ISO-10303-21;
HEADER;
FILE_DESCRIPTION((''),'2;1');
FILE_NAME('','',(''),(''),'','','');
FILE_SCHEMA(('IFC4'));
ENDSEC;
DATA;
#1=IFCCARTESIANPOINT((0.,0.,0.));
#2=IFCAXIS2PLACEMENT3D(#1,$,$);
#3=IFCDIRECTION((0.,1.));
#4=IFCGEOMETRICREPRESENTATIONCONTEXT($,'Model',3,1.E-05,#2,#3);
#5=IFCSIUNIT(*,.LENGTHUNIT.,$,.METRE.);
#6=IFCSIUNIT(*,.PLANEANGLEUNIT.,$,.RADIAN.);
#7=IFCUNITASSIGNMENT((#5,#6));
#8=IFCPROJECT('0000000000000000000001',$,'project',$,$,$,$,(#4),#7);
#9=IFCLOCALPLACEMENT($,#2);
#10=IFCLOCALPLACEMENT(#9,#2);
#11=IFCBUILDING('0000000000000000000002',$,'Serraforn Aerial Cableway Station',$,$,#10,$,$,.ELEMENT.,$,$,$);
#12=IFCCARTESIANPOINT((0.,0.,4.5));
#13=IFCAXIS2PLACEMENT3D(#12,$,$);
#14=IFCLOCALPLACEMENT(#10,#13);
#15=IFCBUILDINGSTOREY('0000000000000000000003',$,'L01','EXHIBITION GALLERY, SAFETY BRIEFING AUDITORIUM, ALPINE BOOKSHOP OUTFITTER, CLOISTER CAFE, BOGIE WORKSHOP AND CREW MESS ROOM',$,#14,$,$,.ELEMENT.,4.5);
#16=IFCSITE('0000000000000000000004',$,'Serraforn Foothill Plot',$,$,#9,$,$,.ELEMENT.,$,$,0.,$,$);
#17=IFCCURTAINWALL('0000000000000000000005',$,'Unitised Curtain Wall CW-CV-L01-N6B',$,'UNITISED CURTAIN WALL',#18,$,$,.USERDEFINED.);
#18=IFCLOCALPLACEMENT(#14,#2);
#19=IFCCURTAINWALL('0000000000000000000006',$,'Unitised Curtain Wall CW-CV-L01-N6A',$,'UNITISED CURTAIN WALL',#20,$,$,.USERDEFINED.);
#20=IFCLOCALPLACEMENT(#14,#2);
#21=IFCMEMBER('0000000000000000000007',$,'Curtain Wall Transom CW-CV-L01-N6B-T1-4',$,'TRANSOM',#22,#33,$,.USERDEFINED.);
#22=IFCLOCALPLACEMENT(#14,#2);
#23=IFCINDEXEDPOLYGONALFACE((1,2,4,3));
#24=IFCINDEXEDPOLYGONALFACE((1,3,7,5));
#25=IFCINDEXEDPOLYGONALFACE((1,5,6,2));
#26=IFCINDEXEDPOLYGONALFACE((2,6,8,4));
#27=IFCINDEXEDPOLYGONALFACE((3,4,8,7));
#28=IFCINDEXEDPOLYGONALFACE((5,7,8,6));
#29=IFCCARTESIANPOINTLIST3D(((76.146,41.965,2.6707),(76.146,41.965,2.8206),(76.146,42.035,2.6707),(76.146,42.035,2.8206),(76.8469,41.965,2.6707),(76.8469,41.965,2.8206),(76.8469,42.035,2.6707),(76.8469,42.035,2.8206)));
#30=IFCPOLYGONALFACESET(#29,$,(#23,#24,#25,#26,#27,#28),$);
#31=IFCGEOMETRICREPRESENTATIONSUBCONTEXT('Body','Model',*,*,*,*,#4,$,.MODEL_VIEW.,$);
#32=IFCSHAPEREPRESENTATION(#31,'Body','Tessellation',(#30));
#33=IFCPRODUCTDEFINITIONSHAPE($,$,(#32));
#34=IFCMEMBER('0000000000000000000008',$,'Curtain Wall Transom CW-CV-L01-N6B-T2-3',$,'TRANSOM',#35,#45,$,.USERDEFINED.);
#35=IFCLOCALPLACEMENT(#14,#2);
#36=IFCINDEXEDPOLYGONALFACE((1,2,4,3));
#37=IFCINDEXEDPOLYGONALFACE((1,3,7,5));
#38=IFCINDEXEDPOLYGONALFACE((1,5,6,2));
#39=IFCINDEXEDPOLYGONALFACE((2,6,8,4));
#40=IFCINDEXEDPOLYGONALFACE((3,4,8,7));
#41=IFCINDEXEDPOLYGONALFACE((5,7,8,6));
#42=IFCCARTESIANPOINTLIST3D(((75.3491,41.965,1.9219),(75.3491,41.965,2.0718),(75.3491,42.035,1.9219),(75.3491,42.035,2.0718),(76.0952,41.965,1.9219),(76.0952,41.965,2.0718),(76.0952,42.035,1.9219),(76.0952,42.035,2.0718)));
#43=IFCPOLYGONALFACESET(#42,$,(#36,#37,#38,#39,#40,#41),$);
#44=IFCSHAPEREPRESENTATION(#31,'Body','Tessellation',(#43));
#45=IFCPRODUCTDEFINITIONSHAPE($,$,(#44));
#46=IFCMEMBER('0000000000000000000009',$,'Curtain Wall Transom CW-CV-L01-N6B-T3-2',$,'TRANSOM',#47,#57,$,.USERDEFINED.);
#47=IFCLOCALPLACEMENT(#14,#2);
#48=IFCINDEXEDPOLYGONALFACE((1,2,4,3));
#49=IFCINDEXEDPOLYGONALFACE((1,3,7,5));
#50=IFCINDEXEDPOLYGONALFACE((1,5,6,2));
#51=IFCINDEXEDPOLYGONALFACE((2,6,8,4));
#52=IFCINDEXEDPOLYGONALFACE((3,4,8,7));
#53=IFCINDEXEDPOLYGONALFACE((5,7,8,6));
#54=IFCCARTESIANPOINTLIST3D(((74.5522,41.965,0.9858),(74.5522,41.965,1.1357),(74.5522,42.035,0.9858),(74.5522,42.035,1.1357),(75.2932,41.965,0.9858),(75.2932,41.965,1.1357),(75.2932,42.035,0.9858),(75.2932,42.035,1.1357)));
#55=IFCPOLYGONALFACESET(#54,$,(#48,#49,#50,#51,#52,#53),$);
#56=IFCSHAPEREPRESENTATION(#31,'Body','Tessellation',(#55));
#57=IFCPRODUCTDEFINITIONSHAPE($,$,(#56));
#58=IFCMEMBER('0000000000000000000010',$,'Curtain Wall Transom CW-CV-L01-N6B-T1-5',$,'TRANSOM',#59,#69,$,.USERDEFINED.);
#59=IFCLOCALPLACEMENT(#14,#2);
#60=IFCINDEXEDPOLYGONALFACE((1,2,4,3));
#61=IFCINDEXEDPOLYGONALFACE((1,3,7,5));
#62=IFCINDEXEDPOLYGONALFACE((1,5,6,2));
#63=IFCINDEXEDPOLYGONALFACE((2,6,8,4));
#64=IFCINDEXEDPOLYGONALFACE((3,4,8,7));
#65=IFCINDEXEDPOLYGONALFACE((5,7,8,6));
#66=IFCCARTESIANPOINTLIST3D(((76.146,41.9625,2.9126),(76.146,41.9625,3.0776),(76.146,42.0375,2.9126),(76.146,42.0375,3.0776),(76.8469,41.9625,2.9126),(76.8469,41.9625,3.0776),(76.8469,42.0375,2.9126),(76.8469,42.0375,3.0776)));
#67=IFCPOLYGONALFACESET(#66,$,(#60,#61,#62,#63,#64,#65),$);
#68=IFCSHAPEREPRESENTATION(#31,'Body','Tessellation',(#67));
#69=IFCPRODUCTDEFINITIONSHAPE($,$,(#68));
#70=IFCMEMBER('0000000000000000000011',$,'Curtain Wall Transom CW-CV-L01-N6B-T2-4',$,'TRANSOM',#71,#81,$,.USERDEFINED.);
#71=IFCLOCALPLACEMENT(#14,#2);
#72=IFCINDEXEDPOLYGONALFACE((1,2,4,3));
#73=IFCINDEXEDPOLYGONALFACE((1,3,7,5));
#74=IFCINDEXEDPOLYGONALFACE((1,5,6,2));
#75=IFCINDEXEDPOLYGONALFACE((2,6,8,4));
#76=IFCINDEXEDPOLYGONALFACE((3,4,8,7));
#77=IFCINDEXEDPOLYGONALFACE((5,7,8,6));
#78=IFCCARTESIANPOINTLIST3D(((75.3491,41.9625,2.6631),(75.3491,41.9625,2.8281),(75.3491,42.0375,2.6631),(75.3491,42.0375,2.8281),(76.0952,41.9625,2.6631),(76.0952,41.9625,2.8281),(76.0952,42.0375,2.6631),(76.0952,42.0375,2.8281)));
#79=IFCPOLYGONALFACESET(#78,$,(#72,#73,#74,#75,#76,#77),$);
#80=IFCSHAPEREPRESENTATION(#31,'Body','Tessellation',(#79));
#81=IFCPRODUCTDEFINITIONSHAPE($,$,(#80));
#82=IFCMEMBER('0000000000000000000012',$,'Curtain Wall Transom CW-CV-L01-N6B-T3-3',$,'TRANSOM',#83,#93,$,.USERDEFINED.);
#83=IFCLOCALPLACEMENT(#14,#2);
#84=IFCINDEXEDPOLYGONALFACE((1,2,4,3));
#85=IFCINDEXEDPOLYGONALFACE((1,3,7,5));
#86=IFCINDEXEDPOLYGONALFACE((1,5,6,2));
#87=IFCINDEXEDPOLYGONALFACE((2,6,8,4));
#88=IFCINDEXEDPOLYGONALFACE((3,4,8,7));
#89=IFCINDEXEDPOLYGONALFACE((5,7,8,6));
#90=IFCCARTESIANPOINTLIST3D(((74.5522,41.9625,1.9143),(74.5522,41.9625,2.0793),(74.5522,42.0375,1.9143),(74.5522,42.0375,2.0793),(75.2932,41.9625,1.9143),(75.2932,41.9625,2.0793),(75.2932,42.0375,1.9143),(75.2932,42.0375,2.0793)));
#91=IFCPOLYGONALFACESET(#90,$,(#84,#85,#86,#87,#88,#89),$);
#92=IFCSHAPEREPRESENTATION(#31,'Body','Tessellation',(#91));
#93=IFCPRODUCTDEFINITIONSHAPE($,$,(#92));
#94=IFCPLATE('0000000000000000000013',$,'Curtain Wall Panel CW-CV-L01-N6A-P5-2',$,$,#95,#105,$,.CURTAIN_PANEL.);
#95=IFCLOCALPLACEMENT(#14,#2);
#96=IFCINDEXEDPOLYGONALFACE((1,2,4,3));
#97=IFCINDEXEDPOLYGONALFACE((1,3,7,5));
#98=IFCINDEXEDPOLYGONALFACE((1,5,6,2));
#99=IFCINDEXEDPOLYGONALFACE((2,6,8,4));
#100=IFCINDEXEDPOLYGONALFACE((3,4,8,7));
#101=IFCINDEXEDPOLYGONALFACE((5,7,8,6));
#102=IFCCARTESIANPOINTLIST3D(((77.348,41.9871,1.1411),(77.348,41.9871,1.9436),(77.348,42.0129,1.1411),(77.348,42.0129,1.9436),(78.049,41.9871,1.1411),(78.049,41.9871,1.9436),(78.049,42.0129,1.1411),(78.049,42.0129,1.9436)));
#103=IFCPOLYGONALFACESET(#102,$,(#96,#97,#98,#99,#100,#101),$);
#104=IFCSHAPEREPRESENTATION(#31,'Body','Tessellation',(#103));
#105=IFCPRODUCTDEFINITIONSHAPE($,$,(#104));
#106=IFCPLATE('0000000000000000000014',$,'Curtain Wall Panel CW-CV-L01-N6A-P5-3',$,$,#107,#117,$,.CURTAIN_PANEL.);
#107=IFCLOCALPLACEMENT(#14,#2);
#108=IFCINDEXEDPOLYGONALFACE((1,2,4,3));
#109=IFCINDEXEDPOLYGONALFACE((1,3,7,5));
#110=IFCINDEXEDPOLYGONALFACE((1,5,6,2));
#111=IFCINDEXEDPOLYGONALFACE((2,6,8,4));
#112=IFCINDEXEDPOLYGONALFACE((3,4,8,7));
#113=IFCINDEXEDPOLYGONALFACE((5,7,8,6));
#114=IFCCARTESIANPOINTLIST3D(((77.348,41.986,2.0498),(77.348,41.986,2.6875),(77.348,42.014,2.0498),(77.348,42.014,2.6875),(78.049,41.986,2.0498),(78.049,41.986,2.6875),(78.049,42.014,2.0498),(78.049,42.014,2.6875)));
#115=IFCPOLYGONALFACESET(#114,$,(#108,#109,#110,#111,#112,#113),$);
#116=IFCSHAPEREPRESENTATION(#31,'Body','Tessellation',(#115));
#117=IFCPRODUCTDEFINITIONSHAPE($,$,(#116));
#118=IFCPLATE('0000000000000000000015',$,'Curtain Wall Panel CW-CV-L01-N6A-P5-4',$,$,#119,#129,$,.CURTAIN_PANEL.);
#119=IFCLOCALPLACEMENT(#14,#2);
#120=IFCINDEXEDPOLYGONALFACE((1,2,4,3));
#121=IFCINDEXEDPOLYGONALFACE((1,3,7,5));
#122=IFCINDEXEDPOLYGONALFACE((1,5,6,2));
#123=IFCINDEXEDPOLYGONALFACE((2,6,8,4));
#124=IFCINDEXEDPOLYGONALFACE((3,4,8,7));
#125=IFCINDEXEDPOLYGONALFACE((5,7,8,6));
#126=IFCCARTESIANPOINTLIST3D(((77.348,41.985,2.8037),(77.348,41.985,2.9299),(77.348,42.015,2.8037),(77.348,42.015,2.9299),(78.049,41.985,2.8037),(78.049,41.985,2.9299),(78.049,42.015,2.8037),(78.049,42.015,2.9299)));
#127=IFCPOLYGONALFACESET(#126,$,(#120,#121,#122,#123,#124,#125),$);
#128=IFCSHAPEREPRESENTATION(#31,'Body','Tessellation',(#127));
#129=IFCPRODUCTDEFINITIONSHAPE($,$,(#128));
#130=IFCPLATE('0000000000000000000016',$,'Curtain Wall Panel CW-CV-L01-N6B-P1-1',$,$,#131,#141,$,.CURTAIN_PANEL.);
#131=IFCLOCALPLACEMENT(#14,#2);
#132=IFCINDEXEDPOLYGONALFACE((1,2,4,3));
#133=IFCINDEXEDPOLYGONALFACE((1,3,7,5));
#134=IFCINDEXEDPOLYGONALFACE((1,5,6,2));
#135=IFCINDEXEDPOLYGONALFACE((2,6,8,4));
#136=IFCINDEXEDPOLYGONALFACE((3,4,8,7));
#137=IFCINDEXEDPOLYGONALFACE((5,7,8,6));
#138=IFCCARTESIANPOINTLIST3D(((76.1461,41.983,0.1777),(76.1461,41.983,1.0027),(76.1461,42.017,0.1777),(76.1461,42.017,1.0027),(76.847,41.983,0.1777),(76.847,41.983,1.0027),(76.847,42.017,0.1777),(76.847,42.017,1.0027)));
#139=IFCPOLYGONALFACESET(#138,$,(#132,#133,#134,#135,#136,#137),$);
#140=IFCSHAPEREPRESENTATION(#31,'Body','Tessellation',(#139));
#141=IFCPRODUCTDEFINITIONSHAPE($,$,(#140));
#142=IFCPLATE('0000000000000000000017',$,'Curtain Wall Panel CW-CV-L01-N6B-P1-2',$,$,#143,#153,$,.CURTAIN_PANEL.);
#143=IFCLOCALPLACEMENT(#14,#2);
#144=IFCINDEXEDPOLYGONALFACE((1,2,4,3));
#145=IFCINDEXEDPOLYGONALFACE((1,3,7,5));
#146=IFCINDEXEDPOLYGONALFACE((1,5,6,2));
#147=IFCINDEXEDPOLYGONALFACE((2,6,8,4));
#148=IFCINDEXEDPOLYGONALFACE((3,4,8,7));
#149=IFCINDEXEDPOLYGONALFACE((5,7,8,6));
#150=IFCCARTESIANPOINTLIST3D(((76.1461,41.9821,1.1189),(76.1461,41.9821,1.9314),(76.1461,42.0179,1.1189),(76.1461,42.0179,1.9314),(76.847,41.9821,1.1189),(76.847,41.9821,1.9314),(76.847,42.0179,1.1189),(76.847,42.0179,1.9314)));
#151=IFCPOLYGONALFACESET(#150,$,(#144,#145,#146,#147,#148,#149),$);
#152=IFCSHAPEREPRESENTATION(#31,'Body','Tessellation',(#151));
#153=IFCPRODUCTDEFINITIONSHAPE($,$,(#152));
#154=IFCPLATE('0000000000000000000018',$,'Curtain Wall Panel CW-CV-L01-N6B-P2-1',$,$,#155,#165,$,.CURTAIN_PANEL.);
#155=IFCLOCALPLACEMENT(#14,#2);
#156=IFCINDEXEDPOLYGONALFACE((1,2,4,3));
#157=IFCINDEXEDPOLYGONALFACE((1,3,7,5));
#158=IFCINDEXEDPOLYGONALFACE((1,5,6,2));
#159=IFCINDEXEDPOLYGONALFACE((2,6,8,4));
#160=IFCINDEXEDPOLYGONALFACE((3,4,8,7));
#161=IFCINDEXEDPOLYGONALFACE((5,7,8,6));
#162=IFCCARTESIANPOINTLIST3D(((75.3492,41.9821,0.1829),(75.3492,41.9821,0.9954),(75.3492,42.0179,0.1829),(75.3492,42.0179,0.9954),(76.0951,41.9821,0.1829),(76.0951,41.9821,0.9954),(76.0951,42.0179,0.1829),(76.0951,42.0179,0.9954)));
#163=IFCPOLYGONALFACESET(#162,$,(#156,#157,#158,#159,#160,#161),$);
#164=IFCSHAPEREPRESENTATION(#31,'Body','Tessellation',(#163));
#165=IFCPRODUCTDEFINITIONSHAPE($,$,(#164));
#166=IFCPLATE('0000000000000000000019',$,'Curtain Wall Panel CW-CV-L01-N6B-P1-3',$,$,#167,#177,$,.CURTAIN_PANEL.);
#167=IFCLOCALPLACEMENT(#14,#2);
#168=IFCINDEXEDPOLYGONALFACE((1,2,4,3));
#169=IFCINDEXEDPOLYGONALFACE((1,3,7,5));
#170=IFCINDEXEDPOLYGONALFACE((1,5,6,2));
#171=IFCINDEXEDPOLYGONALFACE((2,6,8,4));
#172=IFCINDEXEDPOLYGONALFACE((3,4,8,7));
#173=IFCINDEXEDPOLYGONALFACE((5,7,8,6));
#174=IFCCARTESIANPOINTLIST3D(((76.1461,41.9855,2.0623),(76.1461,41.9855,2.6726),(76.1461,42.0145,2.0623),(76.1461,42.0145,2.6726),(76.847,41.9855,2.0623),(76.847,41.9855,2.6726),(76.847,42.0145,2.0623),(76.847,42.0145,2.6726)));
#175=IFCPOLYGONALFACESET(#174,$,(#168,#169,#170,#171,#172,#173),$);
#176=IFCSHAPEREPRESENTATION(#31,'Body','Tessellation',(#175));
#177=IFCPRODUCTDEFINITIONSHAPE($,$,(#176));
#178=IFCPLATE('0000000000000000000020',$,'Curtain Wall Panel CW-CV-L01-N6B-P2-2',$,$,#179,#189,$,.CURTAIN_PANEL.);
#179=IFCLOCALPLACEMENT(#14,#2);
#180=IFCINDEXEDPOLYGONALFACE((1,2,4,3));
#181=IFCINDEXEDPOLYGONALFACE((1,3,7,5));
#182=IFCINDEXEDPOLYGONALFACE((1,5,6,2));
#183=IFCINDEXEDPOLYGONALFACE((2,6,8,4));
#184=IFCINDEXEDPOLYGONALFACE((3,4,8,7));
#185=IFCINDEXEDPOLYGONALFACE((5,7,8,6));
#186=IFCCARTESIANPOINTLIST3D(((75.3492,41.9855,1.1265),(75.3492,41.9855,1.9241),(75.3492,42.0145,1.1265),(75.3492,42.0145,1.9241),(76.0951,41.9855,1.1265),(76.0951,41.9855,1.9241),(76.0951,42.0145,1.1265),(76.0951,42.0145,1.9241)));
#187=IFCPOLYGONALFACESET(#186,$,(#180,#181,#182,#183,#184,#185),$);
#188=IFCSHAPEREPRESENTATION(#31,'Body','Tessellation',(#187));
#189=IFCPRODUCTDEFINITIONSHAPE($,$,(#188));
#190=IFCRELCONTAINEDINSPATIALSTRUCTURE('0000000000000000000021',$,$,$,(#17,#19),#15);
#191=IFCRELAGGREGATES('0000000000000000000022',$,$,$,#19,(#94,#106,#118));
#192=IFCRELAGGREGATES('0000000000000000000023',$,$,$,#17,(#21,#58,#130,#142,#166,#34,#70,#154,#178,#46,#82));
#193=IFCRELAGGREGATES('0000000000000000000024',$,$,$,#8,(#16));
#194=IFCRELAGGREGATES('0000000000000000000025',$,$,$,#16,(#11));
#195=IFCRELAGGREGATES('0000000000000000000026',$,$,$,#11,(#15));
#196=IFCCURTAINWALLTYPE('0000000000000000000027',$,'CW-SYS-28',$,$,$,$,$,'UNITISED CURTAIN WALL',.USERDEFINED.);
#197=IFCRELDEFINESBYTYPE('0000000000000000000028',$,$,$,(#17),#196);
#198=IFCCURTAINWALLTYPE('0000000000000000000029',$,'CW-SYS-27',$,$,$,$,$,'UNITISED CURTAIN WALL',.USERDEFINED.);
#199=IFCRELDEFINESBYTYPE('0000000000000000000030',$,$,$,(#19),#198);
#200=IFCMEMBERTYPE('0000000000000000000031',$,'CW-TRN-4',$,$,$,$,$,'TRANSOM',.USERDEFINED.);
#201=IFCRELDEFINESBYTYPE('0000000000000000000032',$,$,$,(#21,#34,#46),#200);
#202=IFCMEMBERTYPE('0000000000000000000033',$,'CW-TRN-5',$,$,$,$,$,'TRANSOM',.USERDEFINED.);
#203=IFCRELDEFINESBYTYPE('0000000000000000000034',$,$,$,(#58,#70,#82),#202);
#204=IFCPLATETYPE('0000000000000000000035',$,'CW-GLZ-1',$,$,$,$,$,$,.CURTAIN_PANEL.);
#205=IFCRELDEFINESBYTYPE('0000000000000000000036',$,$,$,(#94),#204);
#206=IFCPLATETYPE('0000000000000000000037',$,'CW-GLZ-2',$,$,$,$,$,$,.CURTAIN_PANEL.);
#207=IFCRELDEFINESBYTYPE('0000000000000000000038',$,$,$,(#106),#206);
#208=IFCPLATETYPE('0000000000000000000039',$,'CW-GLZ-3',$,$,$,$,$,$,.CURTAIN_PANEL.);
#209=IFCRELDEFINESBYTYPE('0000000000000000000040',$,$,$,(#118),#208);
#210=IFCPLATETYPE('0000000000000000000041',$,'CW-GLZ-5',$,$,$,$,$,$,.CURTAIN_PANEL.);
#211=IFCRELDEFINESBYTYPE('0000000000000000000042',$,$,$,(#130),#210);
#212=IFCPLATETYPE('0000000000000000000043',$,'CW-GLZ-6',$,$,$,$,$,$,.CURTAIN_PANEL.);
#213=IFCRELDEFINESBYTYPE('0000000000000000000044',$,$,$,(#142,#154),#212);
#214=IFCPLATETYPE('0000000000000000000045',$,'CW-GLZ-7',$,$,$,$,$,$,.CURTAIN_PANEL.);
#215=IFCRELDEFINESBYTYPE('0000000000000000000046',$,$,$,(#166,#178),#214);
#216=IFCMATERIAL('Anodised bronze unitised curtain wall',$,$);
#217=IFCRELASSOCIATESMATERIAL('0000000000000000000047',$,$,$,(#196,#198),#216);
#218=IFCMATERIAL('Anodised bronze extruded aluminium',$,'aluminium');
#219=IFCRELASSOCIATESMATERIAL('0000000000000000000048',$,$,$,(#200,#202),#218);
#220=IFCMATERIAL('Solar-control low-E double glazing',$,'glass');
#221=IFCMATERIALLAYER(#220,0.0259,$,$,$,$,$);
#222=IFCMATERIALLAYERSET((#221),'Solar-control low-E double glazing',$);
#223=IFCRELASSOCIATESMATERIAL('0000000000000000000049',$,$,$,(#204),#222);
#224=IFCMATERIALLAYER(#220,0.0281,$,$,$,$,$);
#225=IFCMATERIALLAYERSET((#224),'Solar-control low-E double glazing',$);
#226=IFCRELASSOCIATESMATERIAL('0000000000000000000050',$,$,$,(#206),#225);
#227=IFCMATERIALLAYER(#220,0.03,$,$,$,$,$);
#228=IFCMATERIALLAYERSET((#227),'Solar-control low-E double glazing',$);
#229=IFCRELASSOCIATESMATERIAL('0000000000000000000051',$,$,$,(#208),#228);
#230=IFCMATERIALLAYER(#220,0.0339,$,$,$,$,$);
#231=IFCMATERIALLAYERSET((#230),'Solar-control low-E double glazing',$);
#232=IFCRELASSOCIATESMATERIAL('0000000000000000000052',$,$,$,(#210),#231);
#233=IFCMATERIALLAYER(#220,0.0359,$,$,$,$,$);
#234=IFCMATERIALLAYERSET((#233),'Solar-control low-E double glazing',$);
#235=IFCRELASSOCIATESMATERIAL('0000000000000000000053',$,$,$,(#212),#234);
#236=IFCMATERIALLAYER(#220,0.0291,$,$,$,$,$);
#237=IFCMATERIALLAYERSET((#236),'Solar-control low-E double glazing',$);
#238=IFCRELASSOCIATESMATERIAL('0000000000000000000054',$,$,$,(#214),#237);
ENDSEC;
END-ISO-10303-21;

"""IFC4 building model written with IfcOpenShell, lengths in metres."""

from ifc_helpers import new_model, si_unit, direction, frame, origin, origin_2d, place, context, subcontext, project, spatial, rectangle, extrude, material, layer, layer_set, material_profile, profile_set, type_object, element, aggregate, save


model = new_model("IFC4")

# Units and contexts
model_context = context("Model", 3, precision=1e-05, world=origin(), true_north=direction((0.0, 1.0)))
body_context = subcontext(model_context, "Body", "Model", "MODEL_VIEW")
ifc_project = project(units=[si_unit("LENGTHUNIT", "METRE"), si_unit("PLANEANGLEUNIT", "RADIAN")], contexts=[model_context])

# Site, building, storey
site_placement = place(None, origin())
site = spatial("IfcSite", under=ifc_project, at=site_placement, Name="Serraforn Foothill Plot", CompositionType="ELEMENT", RefElevation=0.0)
building_placement = place(site_placement, origin())
building = spatial("IfcBuilding", under=site, at=building_placement, Name="Serraforn Aerial Cableway Station", CompositionType="ELEMENT")
storey_placement = place(building_placement, frame((0.0, 0.0, 4.5)))
storey = spatial("IfcBuildingStorey", under=building, at=storey_placement, Name="L01", Description="EXHIBITION GALLERY, SAFETY BRIEFING AUDITORIUM, ALPINE BOOKSHOP OUTFITTER, CLOISTER CAFE, BOGIE WORKSHOP AND CREW MESS ROOM", CompositionType="ELEMENT", Elevation=4.5)

# Curtain wall
ifc_material_1 = material(Name="Anodised bronze unitised curtain wall")
curtain_wall_type_1 = type_object("IfcCurtainWallType", Name="CW-SYS-28", ElementType="UNITISED CURTAIN WALL", PredefinedType="USERDEFINED", material=ifc_material_1)
curtain_wall_1_placement = place(storey_placement, origin())
curtain_wall_1 = element("IfcCurtainWall", 1, at=curtain_wall_1_placement, inside=storey, type_object=curtain_wall_type_1, Name="Unitised Curtain Wall CW-CV-L01-N6B", ObjectType="UNITISED CURTAIN WALL", PredefinedType="USERDEFINED")
ifc_material_2 = material(Name="Anodised bronze extruded aluminium", Category="aluminium")

# Curtain wall
curtain_wall_type_2 = type_object("IfcCurtainWallType", Name="CW-SYS-27", ElementType="UNITISED CURTAIN WALL", PredefinedType="USERDEFINED", material=ifc_material_1)
curtain_wall_2_placement = place(storey_placement, origin())
curtain_wall_2 = element("IfcCurtainWall", 2, at=curtain_wall_2_placement, inside=storey, type_object=curtain_wall_type_2, Name="Unitised Curtain Wall CW-CV-L01-N6A", ObjectType="UNITISED CURTAIN WALL", PredefinedType="USERDEFINED")

# Members
ifc_material_profile_1 = material_profile(ifc_material_2, rectangle(XDim=0.0701, YDim=0.1499, at=origin_2d()), Name="CW TRANSOM 70x150")
ifc_profile_set_1 = profile_set([ifc_material_profile_1], Name="Anodised bronze extruded aluminium")
member_type_1 = type_object("IfcMemberType", Name="CW-TRN-4", ElementType="TRANSOM", PredefinedType="USERDEFINED", material=ifc_profile_set_1)
member_1_placement = place(storey_placement, frame((76.8469, 42.0, 2.7456), z_axis=(-1.0, 0.0, 0.0), x_axis=(0.0, -1.0, 0.0)))
member_1 = element("IfcMember", 3, at=member_1_placement, type_object=member_type_1, Name="Curtain Wall Transom CW-CV-L01-N6B-T1-4", ObjectType="TRANSOM", PredefinedType="USERDEFINED", context=body_context, shape_type="SweptSolid", body=[
    extrude(rectangle(XDim=0.0701, YDim=0.1499, at=origin_2d()), origin(), (0.0, 0.0, 1.0), 0.7009),
])
member_2_placement = place(storey_placement, frame((76.0952, 42.0, 1.9968), z_axis=(-1.0, 0.0, 0.0), x_axis=(0.0, -1.0, 0.0)))
member_2 = element("IfcMember", 4, at=member_2_placement, type_object=member_type_1, Name="Curtain Wall Transom CW-CV-L01-N6B-T2-3", ObjectType="TRANSOM", PredefinedType="USERDEFINED", context=body_context, shape_type="SweptSolid", body=[
    extrude(rectangle(XDim=0.0701, YDim=0.1499, at=origin_2d()), origin(), (0.0, 0.0, 1.0), 0.7461),
])
member_3_placement = place(storey_placement, frame((75.2932, 42.0, 1.0608), z_axis=(-1.0, 0.0, 0.0), x_axis=(0.0, -1.0, 0.0)))
member_3 = element("IfcMember", 5, at=member_3_placement, type_object=member_type_1, Name="Curtain Wall Transom CW-CV-L01-N6B-T3-2", ObjectType="TRANSOM", PredefinedType="USERDEFINED", context=body_context, shape_type="SweptSolid", body=[
    extrude(rectangle(XDim=0.0701, YDim=0.1499, at=origin_2d()), origin(), (0.0, 0.0, 1.0), 0.741),
])
ifc_material_profile_2 = material_profile(ifc_material_2, rectangle(XDim=0.075, YDim=0.165, at=origin_2d()), Name="CW TRANSOM 75x165")
ifc_profile_set_2 = profile_set([ifc_material_profile_2], Name="Anodised bronze extruded aluminium")
member_type_2 = type_object("IfcMemberType", Name="CW-TRN-5", ElementType="TRANSOM", PredefinedType="USERDEFINED", material=ifc_profile_set_2)
member_4_placement = place(storey_placement, frame((76.8469, 42.0, 2.9951), z_axis=(-1.0, 0.0, 0.0), x_axis=(0.0, -1.0, 0.0)))
member_4 = element("IfcMember", 6, at=member_4_placement, type_object=member_type_2, Name="Curtain Wall Transom CW-CV-L01-N6B-T1-5", ObjectType="TRANSOM", PredefinedType="USERDEFINED", context=body_context, shape_type="SweptSolid", body=[
    extrude(rectangle(XDim=0.075, YDim=0.165, at=origin_2d()), origin(), (0.0, 0.0, 1.0), 0.7009),
])
member_5_placement = place(storey_placement, frame((76.0952, 42.0, 2.7456), z_axis=(-1.0, 0.0, 0.0), x_axis=(0.0, -1.0, 0.0)))
member_5 = element("IfcMember", 7, at=member_5_placement, type_object=member_type_2, Name="Curtain Wall Transom CW-CV-L01-N6B-T2-4", ObjectType="TRANSOM", PredefinedType="USERDEFINED", context=body_context, shape_type="SweptSolid", body=[
    extrude(rectangle(XDim=0.075, YDim=0.165, at=origin_2d()), origin(), (0.0, 0.0, 1.0), 0.7461),
])
member_6_placement = place(storey_placement, frame((75.2932, 42.0, 1.9968), z_axis=(-1.0, 0.0, 0.0), x_axis=(0.0, -1.0, 0.0)))
member_6 = element("IfcMember", 8, at=member_6_placement, type_object=member_type_2, Name="Curtain Wall Transom CW-CV-L01-N6B-T3-3", ObjectType="TRANSOM", PredefinedType="USERDEFINED", context=body_context, shape_type="SweptSolid", body=[
    extrude(rectangle(XDim=0.075, YDim=0.165, at=origin_2d()), origin(), (0.0, 0.0, 1.0), 0.741),
])

# Plates
ifc_material_3 = material(Name="Solar-control low-E double glazing", Category="glass")
ifc_layer_1 = layer(ifc_material_3, 0.0259)
ifc_layer_set_1 = layer_set([ifc_layer_1], Name="Solar-control low-E double glazing")
plate_type_1 = type_object("IfcPlateType", Name="CW-GLZ-1", PredefinedType="CURTAIN_PANEL", material=ifc_layer_set_1)
plate_1_placement = place(storey_placement, frame((77.6985, 42.0, 1.1411), z_axis=(0.0, 0.0, 1.0), x_axis=(1.0, 0.0, 0.0)))
plate_1 = element("IfcPlate", 9, at=plate_1_placement, type_object=plate_type_1, Name="Curtain Wall Panel CW-CV-L01-N6A-P5-2", PredefinedType="CURTAIN_PANEL", context=body_context, shape_type="SweptSolid", body=[
    extrude(rectangle(XDim=0.7009, YDim=0.0259, at=origin_2d()), origin(), (0.0, 0.0, 1.0), 0.8025),
])
ifc_layer_2 = layer(ifc_material_3, 0.0281)
ifc_layer_set_2 = layer_set([ifc_layer_2], Name="Solar-control low-E double glazing")
plate_type_2 = type_object("IfcPlateType", Name="CW-GLZ-2", PredefinedType="CURTAIN_PANEL", material=ifc_layer_set_2)
plate_2_placement = place(storey_placement, frame((77.6985, 42.0, 2.0498), z_axis=(0.0, 0.0, 1.0), x_axis=(1.0, 0.0, 0.0)))
plate_2 = element("IfcPlate", 10, at=plate_2_placement, type_object=plate_type_2, Name="Curtain Wall Panel CW-CV-L01-N6A-P5-3", PredefinedType="CURTAIN_PANEL", context=body_context, shape_type="SweptSolid", body=[
    extrude(rectangle(XDim=0.7009, YDim=0.0281, at=origin_2d()), origin(), (0.0, 0.0, 1.0), 0.6377),
])
ifc_layer_3 = layer(ifc_material_3, 0.03)
ifc_layer_set_3 = layer_set([ifc_layer_3], Name="Solar-control low-E double glazing")
plate_type_3 = type_object("IfcPlateType", Name="CW-GLZ-3", PredefinedType="CURTAIN_PANEL", material=ifc_layer_set_3)
plate_3_placement = place(storey_placement, frame((77.6985, 42.0, 2.8037), z_axis=(0.0, 0.0, 1.0), x_axis=(1.0, 0.0, 0.0)))
plate_3 = element("IfcPlate", 11, at=plate_3_placement, type_object=plate_type_3, Name="Curtain Wall Panel CW-CV-L01-N6A-P5-4", PredefinedType="CURTAIN_PANEL", context=body_context, shape_type="SweptSolid", body=[
    extrude(rectangle(XDim=0.7009, YDim=0.03, at=origin_2d()), origin(), (0.0, 0.0, 1.0), 0.1262),
])
ifc_layer_4 = layer(ifc_material_3, 0.0339)
ifc_layer_set_4 = layer_set([ifc_layer_4], Name="Solar-control low-E double glazing")
plate_type_4 = type_object("IfcPlateType", Name="CW-GLZ-5", PredefinedType="CURTAIN_PANEL", material=ifc_layer_set_4)
plate_4_placement = place(storey_placement, frame((76.4966, 42.0, 0.1777), z_axis=(0.0, 0.0, 1.0), x_axis=(1.0, 0.0, 0.0)))
plate_4 = element("IfcPlate", 12, at=plate_4_placement, type_object=plate_type_4, Name="Curtain Wall Panel CW-CV-L01-N6B-P1-1", PredefinedType="CURTAIN_PANEL", context=body_context, shape_type="SweptSolid", body=[
    extrude(rectangle(XDim=0.7009, YDim=0.0339, at=origin_2d()), origin(), (0.0, 0.0, 1.0), 0.825),
])
ifc_layer_5 = layer(ifc_material_3, 0.0359)
ifc_layer_set_5 = layer_set([ifc_layer_5], Name="Solar-control low-E double glazing")
plate_type_5 = type_object("IfcPlateType", Name="CW-GLZ-6", PredefinedType="CURTAIN_PANEL", material=ifc_layer_set_5)
plate_5_placement = place(storey_placement, frame((76.4966, 42.0, 1.1189), z_axis=(0.0, 0.0, 1.0), x_axis=(1.0, 0.0, 0.0)))
plate_5 = element("IfcPlate", 13, at=plate_5_placement, type_object=plate_type_5, Name="Curtain Wall Panel CW-CV-L01-N6B-P1-2", PredefinedType="CURTAIN_PANEL", context=body_context, shape_type="SweptSolid", body=[
    extrude(rectangle(XDim=0.7009, YDim=0.0359, at=origin_2d()), origin(), (0.0, 0.0, 1.0), 0.8125),
])
plate_6_placement = place(storey_placement, frame((75.7222, 42.0, 0.1829), z_axis=(0.0, 0.0, 1.0), x_axis=(1.0, 0.0, 0.0)))
plate_6 = element("IfcPlate", 14, at=plate_6_placement, type_object=plate_type_5, Name="Curtain Wall Panel CW-CV-L01-N6B-P2-1", PredefinedType="CURTAIN_PANEL", context=body_context, shape_type="SweptSolid", body=[
    extrude(rectangle(XDim=0.7458, YDim=0.0359, at=origin_2d()), origin(), (0.0, 0.0, 1.0), 0.8125),
])
ifc_layer_6 = layer(ifc_material_3, 0.0291)
ifc_layer_set_6 = layer_set([ifc_layer_6], Name="Solar-control low-E double glazing")
plate_type_6 = type_object("IfcPlateType", Name="CW-GLZ-7", PredefinedType="CURTAIN_PANEL", material=ifc_layer_set_6)
plate_7_placement = place(storey_placement, frame((76.4966, 42.0, 2.0623), z_axis=(0.0, 0.0, 1.0), x_axis=(1.0, 0.0, 0.0)))
plate_7 = element("IfcPlate", 15, at=plate_7_placement, type_object=plate_type_6, Name="Curtain Wall Panel CW-CV-L01-N6B-P1-3", PredefinedType="CURTAIN_PANEL", context=body_context, shape_type="SweptSolid", body=[
    extrude(rectangle(XDim=0.7009, YDim=0.0291, at=origin_2d()), origin(), (0.0, 0.0, 1.0), 0.6104),
])
plate_8_placement = place(storey_placement, frame((75.7222, 42.0, 1.1265), z_axis=(0.0, 0.0, 1.0), x_axis=(1.0, 0.0, 0.0)))
plate_8 = element("IfcPlate", 16, at=plate_8_placement, type_object=plate_type_6, Name="Curtain Wall Panel CW-CV-L01-N6B-P2-2", PredefinedType="CURTAIN_PANEL", context=body_context, shape_type="SweptSolid", body=[
    extrude(rectangle(XDim=0.7458, YDim=0.0291, at=origin_2d()), origin(), (0.0, 0.0, 1.0), 0.7976),
])
aggregate(curtain_wall_2, [plate_1, plate_2, plate_3])
aggregate(curtain_wall_1, [member_1, member_4, plate_4, plate_5, plate_7, member_2, member_5, plate_6, plate_8, member_3, member_6])

save(model, "model.ifc")
